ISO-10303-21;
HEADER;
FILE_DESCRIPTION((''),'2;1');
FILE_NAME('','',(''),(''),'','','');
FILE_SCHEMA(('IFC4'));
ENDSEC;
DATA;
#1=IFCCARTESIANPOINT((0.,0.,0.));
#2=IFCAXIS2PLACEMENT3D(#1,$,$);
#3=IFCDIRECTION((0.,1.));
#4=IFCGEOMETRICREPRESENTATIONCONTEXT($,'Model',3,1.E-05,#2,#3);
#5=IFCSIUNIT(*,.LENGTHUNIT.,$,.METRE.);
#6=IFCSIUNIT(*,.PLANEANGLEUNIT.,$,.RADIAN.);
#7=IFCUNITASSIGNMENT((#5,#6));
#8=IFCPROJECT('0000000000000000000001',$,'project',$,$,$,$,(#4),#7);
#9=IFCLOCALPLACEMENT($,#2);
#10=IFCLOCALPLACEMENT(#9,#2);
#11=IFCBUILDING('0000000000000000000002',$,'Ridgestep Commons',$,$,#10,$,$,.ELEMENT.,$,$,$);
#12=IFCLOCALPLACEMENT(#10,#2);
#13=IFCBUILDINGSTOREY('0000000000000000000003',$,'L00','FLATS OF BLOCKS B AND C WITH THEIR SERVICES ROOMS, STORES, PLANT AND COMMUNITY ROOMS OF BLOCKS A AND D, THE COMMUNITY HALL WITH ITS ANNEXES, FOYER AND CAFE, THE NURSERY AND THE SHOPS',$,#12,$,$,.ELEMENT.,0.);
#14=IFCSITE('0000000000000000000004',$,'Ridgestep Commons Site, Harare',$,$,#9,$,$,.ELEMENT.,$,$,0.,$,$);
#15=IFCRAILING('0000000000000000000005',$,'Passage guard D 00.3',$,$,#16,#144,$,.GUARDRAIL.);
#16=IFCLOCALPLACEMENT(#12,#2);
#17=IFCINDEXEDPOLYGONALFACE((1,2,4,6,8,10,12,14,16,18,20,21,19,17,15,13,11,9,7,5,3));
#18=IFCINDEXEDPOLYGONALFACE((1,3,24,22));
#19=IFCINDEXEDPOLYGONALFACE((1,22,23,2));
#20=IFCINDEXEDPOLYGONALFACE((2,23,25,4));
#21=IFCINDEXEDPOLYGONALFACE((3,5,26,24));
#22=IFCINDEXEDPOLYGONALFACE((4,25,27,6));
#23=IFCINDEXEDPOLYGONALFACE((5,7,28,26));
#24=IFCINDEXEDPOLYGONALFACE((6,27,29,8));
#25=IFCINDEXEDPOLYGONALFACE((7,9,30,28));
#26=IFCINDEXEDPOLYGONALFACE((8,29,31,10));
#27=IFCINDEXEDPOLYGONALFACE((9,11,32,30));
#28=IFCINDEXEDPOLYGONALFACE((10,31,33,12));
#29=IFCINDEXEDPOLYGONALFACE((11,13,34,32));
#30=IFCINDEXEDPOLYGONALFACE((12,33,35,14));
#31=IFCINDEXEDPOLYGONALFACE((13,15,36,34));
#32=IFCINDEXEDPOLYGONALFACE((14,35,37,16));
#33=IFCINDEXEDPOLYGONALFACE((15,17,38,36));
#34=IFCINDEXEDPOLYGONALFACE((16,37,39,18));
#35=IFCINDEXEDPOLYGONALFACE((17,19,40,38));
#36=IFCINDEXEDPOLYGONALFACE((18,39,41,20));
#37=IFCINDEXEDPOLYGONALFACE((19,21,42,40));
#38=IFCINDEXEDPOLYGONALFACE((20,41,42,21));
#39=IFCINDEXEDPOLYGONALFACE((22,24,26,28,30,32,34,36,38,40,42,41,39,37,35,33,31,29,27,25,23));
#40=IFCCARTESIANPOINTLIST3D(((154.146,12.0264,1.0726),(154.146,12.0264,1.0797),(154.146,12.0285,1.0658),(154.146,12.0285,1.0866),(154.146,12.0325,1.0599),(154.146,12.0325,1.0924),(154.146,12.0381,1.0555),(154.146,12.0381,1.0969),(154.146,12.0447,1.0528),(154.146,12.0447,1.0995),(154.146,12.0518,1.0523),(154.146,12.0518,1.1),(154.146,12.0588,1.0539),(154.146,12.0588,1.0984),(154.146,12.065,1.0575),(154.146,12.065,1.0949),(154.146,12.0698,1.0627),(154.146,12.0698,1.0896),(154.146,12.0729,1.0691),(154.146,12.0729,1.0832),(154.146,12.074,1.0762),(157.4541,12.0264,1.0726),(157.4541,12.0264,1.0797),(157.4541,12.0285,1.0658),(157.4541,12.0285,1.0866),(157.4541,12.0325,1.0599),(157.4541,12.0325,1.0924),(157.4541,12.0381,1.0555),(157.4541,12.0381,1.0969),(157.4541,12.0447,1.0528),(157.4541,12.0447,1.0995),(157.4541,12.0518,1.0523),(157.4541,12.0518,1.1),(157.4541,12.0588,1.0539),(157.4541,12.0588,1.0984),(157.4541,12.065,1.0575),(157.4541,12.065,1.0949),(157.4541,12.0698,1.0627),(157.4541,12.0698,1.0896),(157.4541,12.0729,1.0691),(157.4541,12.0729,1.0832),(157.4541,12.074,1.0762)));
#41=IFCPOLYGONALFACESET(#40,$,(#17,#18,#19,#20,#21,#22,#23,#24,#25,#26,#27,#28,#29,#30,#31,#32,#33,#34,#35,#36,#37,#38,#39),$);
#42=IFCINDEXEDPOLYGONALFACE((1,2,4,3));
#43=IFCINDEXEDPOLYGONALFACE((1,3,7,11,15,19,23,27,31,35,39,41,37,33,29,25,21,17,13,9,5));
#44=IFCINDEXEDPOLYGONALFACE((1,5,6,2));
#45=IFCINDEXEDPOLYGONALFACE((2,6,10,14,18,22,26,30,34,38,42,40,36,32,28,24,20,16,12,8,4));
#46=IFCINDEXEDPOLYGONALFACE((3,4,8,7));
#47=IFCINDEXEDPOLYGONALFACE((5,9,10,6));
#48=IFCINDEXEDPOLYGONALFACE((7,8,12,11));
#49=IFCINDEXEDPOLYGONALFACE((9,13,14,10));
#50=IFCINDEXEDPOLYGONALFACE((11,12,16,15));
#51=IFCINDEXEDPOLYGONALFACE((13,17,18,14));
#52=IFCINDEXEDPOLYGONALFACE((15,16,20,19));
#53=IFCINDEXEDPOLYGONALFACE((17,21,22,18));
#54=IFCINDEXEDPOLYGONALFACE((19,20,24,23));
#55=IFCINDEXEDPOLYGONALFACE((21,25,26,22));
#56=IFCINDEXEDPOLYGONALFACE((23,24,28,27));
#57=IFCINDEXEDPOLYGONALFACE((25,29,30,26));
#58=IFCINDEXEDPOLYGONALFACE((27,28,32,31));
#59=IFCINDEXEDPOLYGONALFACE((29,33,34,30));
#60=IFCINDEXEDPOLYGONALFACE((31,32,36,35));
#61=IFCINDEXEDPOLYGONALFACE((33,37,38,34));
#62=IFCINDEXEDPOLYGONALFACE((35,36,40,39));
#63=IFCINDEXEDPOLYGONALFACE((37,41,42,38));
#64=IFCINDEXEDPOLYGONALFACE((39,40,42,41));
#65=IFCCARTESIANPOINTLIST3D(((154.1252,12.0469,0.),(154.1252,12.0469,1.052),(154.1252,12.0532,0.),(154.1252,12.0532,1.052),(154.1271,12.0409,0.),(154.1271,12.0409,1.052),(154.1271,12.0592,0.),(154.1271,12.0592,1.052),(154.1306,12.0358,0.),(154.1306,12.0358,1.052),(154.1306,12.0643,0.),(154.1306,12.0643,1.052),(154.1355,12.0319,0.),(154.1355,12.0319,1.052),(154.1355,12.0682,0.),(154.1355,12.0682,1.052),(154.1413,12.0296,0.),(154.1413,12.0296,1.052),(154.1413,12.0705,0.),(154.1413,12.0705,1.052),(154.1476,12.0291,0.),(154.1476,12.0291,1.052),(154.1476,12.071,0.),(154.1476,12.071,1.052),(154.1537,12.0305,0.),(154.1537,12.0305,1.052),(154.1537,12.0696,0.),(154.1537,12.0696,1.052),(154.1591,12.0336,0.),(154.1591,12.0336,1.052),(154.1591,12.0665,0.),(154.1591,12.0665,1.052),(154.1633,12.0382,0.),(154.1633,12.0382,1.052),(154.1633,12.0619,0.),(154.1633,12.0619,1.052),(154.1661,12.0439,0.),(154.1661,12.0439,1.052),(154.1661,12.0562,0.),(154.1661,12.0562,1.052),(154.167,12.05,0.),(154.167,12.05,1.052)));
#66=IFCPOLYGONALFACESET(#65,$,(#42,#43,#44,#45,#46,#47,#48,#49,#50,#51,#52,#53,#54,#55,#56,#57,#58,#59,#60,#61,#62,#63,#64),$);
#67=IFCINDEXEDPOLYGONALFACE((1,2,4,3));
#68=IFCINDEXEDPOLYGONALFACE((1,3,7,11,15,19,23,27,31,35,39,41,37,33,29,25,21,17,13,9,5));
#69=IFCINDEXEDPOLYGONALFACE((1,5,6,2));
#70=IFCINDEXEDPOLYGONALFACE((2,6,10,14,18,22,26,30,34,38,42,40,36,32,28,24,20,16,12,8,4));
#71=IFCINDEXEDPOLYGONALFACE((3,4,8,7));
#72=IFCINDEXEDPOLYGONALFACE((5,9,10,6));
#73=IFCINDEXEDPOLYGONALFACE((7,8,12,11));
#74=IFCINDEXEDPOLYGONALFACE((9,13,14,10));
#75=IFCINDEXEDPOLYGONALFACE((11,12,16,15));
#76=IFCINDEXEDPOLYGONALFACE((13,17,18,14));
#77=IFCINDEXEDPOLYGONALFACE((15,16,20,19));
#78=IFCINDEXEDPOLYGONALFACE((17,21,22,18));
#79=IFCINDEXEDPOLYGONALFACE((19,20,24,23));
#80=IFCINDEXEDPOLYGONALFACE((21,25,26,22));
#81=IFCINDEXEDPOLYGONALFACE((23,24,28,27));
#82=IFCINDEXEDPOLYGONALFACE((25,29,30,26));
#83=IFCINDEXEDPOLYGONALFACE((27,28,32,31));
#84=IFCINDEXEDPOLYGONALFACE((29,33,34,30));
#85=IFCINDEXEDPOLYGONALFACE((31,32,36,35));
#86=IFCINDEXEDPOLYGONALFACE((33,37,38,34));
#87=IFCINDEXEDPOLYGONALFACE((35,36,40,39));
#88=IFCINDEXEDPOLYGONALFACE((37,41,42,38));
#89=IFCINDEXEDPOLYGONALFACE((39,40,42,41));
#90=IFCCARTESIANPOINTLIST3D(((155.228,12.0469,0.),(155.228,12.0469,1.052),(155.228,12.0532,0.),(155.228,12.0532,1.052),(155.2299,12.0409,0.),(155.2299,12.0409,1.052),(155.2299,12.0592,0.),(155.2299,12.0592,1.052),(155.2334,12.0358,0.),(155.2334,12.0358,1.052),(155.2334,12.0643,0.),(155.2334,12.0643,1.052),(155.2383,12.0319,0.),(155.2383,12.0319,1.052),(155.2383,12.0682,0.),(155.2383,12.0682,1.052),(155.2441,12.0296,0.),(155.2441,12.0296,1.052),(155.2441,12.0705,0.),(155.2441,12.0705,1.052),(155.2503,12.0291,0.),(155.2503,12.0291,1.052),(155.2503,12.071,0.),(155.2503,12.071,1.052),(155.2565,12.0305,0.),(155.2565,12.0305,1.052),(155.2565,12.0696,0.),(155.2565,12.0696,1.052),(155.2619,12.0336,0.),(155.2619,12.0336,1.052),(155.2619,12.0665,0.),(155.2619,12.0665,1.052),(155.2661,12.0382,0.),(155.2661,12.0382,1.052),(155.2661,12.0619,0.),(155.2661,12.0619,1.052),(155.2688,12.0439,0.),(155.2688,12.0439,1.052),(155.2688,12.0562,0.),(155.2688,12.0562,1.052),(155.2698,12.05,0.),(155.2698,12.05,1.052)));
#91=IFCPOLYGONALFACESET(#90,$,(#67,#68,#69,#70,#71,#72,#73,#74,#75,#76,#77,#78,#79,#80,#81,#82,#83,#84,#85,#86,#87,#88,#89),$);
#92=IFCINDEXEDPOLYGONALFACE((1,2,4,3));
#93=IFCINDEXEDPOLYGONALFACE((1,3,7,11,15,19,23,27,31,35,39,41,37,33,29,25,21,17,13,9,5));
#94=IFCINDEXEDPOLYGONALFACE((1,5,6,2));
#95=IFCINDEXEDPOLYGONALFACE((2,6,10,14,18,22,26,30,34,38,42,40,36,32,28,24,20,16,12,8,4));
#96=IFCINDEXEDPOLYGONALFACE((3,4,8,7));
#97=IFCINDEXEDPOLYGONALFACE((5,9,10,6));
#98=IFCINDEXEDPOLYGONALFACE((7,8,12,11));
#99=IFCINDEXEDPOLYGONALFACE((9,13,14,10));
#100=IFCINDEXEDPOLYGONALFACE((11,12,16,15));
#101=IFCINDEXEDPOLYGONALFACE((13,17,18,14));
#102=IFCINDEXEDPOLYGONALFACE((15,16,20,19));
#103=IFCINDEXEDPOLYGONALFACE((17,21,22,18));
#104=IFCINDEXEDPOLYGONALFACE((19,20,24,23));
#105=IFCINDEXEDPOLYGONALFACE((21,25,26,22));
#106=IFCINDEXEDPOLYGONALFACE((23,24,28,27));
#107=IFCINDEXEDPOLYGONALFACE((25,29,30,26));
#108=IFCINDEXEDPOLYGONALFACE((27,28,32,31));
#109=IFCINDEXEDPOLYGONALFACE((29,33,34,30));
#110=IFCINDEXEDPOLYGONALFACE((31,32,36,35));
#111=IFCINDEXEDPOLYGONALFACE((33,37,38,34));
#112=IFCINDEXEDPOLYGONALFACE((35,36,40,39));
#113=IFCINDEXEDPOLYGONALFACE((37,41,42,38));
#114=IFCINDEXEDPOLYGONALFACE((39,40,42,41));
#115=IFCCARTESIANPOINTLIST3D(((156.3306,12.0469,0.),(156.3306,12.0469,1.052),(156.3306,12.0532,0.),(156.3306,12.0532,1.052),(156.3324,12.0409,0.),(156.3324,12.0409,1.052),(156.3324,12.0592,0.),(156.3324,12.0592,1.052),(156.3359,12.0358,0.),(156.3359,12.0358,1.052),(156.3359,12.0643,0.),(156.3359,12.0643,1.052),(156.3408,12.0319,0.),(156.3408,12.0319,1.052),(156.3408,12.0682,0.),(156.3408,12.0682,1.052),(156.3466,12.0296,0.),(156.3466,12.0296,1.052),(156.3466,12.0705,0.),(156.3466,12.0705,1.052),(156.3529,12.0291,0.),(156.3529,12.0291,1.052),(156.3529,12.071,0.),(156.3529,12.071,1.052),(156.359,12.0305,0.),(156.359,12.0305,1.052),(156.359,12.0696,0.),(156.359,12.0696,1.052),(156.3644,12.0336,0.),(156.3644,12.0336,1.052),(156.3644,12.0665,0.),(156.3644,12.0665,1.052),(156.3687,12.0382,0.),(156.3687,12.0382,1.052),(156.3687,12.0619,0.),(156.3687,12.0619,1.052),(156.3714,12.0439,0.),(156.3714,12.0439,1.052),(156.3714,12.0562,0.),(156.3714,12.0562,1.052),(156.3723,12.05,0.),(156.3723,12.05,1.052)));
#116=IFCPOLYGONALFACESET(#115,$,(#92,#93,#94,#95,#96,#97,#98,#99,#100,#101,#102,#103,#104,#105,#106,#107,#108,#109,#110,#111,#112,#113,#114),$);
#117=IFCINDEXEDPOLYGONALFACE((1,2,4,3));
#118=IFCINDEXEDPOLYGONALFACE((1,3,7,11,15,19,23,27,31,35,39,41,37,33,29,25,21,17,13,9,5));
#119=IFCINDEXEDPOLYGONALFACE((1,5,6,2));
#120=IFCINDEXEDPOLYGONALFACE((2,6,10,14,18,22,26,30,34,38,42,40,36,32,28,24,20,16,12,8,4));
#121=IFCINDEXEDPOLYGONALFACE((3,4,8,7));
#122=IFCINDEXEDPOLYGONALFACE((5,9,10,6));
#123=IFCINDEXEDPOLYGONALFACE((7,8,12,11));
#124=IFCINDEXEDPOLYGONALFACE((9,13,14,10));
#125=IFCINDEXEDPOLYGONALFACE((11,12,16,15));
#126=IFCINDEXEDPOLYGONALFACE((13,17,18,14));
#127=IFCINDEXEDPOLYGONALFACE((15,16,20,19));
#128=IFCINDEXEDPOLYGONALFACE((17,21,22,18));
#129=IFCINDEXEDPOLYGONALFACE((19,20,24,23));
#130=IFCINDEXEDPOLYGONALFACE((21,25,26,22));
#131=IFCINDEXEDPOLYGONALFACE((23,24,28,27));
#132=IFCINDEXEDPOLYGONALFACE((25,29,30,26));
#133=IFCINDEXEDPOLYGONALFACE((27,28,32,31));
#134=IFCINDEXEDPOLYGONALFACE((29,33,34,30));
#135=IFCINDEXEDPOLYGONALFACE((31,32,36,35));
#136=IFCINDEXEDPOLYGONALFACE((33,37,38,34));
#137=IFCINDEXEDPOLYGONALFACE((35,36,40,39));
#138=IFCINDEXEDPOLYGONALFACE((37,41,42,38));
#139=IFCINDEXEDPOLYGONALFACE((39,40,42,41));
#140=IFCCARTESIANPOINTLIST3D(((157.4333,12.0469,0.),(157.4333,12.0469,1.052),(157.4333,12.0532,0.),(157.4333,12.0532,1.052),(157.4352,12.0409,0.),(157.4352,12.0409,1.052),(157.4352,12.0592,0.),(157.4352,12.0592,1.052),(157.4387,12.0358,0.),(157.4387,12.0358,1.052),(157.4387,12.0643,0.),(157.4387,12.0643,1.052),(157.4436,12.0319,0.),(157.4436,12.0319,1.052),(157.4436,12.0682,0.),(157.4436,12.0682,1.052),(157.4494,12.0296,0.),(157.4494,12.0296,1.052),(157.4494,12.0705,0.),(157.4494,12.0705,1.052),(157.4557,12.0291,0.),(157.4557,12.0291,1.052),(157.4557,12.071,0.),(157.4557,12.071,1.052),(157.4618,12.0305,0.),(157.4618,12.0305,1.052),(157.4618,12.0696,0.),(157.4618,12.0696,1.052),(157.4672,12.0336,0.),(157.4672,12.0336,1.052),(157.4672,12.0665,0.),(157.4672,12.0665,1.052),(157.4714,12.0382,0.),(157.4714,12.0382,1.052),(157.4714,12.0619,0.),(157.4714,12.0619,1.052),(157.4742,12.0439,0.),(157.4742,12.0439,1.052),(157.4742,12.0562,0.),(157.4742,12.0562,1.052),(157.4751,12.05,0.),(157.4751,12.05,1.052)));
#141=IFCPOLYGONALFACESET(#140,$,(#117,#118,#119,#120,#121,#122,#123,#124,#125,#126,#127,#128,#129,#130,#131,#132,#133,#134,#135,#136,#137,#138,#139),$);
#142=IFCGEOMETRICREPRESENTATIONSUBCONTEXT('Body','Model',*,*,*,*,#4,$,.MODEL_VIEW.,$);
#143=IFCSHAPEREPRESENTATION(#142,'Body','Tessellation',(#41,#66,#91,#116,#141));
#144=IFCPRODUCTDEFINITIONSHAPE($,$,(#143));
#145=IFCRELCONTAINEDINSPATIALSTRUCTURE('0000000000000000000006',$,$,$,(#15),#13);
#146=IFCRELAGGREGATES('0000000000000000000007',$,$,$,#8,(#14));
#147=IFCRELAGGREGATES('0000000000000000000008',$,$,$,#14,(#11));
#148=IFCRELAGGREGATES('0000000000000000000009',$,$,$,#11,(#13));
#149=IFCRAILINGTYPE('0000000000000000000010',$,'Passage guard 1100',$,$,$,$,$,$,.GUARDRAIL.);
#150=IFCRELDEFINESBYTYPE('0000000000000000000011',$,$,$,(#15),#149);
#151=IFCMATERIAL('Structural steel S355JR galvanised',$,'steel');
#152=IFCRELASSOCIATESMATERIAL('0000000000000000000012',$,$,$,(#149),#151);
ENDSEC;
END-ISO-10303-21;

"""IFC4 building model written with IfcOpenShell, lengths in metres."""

from ifc_helpers import new_model, si_unit, direction, frame, origin, origin_2d, place, context, subcontext, project, spatial, circle, extrude, material, type_object, element, save


model = new_model("IFC4")

# Units and contexts
model_context = context("Model", 3, precision=1e-05, world=origin(), true_north=direction((0.0, 1.0)))
body_context = subcontext(model_context, "Body", "Model", "MODEL_VIEW")
ifc_project = project(units=[si_unit("LENGTHUNIT", "METRE"), si_unit("PLANEANGLEUNIT", "RADIAN")], contexts=[model_context])

# Site, building, storey
site_placement = place(None, origin())
site = spatial("IfcSite", under=ifc_project, at=site_placement, Name="Ridgestep Commons Site, Harare", CompositionType="ELEMENT", RefElevation=0.0)
building_placement = place(site_placement, origin())
building = spatial("IfcBuilding", under=site, at=building_placement, Name="Ridgestep Commons", CompositionType="ELEMENT")
storey_placement = place(building_placement, origin())
storey = spatial("IfcBuildingStorey", under=building, at=storey_placement, Name="L00", Description="FLATS OF BLOCKS B AND C WITH THEIR SERVICES ROOMS, STORES, PLANT AND COMMUNITY ROOMS OF BLOCKS A AND D, THE COMMUNITY HALL WITH ITS ANNEXES, FOYER AND CAFE, THE NURSERY AND THE SHOPS", CompositionType="ELEMENT", Elevation=0.0)

# Railing
ifc_material_1 = material(Name="Structural steel S355JR galvanised", Category="steel")
railing_type = type_object("IfcRailingType", Name="Passage guard 1100", PredefinedType="GUARDRAIL", material=ifc_material_1)
for number, where, name in (
    (1, (154.146, 12.05, 0.0), "Passage guard D 00.3"),
):
    element("IfcRailing", number, at=place(storey_placement, frame(where)), inside=storey, type_object=railing_type, Name=name, PredefinedType="GUARDRAIL", context=body_context, shape_type="SweptSolid", body=[
        extrude(circle(Radius=0.0239, at=origin_2d()), frame((0.0, 0.0, 1.0762), z_axis=(1.0, 0.0, 0.0), x_axis=(0.0, 1.0, 0.0)), (0.0, 0.0, 1.0), 3.3081),
        extrude(circle(Radius=0.021, at=origin_2d()), origin(), (0.0, 0.0, 1.0), 1.052),
        extrude(circle(Radius=0.021, at=origin_2d()), frame((1.1028, 0.0, 0.0)), (0.0, 0.0, 1.0), 1.052),
        extrude(circle(Radius=0.021, at=origin_2d()), frame((2.2053, 0.0, 0.0)), (0.0, 0.0, 1.0), 1.052),
        extrude(circle(Radius=0.021, at=origin_2d()), frame((3.3081, 0.0, 0.0)), (0.0, 0.0, 1.0), 1.052),
    ])

save(model, "model.ifc")
